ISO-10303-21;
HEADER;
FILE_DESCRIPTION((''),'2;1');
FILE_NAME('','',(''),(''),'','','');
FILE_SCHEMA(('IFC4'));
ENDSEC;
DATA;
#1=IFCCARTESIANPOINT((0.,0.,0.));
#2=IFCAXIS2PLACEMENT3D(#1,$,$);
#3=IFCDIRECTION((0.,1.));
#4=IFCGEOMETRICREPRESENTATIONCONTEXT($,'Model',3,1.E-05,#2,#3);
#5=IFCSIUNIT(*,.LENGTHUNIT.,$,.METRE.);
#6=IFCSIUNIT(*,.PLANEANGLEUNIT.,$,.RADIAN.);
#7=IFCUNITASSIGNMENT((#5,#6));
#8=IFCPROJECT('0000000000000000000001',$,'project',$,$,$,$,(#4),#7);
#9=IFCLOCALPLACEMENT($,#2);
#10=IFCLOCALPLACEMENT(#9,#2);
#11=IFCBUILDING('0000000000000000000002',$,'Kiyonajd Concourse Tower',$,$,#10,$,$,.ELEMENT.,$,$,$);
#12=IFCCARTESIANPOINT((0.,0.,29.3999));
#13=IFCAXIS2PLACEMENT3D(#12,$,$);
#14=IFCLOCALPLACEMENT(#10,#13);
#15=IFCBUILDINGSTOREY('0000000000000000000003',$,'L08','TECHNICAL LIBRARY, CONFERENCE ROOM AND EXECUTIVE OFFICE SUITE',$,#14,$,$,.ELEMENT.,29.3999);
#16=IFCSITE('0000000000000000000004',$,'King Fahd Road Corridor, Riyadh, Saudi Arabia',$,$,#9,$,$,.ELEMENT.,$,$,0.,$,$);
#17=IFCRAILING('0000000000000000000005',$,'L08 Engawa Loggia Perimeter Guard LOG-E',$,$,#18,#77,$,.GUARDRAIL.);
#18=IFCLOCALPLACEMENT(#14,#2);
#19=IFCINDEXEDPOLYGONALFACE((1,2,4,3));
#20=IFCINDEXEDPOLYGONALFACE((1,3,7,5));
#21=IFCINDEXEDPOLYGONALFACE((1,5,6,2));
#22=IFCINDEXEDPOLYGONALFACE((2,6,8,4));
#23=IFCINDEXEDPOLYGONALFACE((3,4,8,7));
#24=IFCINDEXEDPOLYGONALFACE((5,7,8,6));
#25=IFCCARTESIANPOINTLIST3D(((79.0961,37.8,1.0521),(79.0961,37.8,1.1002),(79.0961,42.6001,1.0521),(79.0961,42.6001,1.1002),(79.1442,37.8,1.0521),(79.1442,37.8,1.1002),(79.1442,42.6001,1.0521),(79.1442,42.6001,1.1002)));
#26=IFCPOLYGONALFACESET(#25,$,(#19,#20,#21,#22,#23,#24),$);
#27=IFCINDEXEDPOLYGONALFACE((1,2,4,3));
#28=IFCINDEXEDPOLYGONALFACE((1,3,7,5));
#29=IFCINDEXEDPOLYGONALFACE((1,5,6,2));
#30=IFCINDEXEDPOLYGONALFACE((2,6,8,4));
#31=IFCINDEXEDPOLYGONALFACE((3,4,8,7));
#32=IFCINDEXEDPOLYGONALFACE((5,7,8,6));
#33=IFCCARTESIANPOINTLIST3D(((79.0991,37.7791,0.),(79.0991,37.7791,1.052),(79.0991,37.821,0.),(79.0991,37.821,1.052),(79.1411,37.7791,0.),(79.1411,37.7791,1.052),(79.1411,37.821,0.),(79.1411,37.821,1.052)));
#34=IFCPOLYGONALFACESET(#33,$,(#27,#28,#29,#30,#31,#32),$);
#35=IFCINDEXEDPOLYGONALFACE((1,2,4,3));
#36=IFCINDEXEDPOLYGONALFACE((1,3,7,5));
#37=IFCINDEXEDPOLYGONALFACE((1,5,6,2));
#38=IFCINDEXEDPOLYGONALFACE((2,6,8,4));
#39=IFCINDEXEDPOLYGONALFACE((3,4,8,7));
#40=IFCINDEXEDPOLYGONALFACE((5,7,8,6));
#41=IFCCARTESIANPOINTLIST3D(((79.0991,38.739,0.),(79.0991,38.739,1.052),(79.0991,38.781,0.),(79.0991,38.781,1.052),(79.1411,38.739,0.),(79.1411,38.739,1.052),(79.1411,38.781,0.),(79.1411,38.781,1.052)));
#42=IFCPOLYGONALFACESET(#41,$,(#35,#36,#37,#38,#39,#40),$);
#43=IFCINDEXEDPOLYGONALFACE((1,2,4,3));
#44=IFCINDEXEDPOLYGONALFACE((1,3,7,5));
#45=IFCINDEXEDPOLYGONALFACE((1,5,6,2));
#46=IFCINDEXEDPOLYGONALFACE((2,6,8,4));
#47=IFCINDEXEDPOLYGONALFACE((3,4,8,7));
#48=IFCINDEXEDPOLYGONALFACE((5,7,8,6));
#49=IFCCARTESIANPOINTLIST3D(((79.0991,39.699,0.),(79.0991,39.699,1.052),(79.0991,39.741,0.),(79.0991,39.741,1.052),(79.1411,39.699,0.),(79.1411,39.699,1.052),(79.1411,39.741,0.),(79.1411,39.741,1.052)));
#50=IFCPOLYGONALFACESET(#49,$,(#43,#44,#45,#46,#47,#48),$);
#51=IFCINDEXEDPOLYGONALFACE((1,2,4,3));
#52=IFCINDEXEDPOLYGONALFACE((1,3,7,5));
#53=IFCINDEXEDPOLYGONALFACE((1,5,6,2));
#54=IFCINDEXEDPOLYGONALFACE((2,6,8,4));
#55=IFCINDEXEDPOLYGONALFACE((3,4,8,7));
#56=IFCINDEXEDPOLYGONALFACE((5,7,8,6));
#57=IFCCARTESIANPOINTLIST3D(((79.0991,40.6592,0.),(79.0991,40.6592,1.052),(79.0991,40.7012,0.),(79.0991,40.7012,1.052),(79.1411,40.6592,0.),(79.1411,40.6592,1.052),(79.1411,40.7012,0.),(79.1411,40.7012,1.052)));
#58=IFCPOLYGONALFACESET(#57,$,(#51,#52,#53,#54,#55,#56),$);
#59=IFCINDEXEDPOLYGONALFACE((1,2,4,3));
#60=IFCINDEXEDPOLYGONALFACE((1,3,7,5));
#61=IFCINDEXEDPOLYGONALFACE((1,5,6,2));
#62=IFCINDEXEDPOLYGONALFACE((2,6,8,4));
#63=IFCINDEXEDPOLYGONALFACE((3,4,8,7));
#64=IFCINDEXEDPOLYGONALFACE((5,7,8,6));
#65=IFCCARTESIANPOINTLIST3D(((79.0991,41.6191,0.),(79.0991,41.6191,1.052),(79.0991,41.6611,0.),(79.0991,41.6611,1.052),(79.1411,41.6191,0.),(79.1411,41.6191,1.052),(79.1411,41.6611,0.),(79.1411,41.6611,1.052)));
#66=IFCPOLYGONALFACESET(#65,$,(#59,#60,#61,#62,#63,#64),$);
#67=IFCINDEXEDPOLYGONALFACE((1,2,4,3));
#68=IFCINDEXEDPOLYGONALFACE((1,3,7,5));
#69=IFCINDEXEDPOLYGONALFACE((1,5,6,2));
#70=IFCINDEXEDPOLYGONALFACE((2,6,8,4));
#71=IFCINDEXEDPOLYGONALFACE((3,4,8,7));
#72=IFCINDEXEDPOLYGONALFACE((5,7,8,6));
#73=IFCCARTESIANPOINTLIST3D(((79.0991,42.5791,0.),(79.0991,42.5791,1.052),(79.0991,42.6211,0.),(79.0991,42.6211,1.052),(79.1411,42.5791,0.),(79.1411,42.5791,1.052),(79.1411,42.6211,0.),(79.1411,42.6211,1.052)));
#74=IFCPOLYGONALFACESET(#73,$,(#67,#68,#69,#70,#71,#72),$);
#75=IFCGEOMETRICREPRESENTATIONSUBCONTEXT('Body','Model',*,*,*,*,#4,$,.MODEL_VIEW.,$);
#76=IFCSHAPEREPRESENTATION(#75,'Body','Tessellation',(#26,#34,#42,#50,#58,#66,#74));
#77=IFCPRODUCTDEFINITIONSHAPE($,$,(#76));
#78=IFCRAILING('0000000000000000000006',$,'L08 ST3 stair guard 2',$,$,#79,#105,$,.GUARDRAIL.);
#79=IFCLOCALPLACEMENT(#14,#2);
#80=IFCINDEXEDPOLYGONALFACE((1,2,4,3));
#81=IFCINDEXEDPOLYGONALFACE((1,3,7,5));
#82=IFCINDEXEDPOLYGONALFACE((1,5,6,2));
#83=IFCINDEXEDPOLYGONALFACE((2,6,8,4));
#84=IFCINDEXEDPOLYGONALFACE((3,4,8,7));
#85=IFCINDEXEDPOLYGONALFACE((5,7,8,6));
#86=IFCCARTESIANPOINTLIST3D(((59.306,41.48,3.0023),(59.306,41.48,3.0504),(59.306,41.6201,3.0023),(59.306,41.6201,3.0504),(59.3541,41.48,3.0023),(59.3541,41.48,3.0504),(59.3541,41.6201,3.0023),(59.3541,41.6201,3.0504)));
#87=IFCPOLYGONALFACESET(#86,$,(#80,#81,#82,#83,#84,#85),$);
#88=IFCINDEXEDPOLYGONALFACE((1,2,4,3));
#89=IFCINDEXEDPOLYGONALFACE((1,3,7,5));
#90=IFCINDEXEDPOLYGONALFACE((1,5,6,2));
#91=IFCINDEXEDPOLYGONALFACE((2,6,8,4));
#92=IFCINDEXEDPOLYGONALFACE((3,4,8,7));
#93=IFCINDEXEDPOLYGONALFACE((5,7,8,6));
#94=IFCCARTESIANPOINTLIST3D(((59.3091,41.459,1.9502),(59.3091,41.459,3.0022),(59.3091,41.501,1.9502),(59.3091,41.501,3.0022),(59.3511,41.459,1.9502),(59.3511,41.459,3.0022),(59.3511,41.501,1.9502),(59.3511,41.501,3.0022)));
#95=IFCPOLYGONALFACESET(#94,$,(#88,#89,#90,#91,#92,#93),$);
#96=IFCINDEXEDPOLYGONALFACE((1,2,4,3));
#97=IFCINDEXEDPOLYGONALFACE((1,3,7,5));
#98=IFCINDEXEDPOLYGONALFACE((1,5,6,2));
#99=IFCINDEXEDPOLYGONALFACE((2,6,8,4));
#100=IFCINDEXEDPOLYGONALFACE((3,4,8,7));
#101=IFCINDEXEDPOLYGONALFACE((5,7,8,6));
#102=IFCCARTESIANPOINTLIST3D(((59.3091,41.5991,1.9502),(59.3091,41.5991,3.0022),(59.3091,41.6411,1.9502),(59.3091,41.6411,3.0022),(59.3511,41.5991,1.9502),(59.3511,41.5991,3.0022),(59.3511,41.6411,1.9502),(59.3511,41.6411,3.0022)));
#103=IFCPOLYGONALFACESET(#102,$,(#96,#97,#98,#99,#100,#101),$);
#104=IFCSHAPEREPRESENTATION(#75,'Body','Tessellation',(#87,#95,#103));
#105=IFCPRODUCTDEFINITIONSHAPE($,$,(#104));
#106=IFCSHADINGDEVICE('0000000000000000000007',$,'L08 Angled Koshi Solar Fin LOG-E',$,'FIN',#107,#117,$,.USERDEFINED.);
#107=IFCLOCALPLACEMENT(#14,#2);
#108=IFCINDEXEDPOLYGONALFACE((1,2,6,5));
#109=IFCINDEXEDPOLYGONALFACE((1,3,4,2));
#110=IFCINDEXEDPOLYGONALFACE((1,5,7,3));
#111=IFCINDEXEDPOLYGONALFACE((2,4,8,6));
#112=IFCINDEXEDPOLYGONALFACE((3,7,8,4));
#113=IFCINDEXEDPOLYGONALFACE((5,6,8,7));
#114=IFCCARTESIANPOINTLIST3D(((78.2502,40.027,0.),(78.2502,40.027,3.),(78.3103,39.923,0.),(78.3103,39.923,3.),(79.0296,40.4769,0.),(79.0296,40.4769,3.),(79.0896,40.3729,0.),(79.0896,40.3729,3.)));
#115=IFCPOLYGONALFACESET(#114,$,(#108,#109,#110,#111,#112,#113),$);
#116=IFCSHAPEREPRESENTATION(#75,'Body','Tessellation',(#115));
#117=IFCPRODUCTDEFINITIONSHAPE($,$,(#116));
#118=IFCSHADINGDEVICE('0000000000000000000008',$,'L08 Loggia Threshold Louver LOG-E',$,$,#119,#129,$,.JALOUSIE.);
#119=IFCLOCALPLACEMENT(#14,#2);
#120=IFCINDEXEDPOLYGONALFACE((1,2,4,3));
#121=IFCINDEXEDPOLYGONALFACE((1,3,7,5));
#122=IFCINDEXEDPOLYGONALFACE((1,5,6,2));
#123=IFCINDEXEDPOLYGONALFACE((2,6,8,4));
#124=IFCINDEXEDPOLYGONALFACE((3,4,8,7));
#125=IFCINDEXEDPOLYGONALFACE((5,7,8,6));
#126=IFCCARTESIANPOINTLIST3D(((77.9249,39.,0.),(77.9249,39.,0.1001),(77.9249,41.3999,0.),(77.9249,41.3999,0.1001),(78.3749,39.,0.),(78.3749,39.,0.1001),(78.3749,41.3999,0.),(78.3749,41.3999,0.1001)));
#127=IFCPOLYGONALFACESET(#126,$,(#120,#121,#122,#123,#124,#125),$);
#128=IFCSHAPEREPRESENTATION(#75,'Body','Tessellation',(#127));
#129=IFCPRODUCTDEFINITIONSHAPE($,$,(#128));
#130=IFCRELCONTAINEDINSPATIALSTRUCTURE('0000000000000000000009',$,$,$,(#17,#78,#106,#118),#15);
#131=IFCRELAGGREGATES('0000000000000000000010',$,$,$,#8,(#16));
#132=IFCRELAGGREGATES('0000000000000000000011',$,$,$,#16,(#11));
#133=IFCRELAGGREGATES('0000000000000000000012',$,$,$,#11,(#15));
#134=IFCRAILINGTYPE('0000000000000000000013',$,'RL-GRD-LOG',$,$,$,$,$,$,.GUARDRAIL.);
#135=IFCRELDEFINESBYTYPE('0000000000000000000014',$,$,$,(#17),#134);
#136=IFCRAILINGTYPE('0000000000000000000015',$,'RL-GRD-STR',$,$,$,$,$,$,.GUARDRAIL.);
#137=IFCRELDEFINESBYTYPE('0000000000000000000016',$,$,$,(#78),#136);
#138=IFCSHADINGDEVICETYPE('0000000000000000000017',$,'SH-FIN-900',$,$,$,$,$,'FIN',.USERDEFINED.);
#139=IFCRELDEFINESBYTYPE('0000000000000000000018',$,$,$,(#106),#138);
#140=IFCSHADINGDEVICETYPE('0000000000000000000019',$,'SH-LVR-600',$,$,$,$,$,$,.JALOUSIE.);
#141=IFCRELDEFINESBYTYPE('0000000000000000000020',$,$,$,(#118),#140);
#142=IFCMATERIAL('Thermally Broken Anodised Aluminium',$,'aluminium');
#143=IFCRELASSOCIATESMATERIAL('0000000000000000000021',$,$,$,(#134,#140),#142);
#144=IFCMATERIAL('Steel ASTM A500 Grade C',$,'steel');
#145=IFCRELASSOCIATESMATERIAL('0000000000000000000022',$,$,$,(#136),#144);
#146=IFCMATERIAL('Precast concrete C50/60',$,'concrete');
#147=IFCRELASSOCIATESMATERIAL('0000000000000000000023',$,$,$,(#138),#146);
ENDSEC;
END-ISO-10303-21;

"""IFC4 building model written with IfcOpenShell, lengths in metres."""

from ifc_helpers import new_model, si_unit, direction, frame, origin, origin_2d, place, context, subcontext, project, spatial, rectangle, extrude, material, type_object, element, save


model = new_model("IFC4")

# Units and contexts
model_context = context("Model", 3, precision=1e-05, world=origin(), true_north=direction((0.0, 1.0)))
body_context = subcontext(model_context, "Body", "Model", "MODEL_VIEW")
ifc_project = project(units=[si_unit("LENGTHUNIT", "METRE"), si_unit("PLANEANGLEUNIT", "RADIAN")], contexts=[model_context])

# Site, building, storey
site_placement = place(None, origin())
site = spatial("IfcSite", under=ifc_project, at=site_placement, Name="King Fahd Road Corridor, Riyadh, Saudi Arabia", CompositionType="ELEMENT", RefElevation=0.0)
building_placement = place(site_placement, origin())
building = spatial("IfcBuilding", under=site, at=building_placement, Name="Kiyonajd Concourse Tower", CompositionType="ELEMENT")
storey_placement = place(building_placement, frame((0.0, 0.0, 29.3999)))
storey = spatial("IfcBuildingStorey", under=building, at=storey_placement, Name="L08", Description="TECHNICAL LIBRARY, CONFERENCE ROOM AND EXECUTIVE OFFICE SUITE", CompositionType="ELEMENT", Elevation=29.3999)

# Shared definitions
ifc_material_1 = material(Name="Precast concrete C50/60", Category="concrete")

# Shared definitions
ifc_material_2 = material(Name="Thermally Broken Anodised Aluminium", Category="aluminium")

# Railings
railing_type_1 = type_object("IfcRailingType", Name="RL-GRD-LOG", PredefinedType="GUARDRAIL", material=ifc_material_2)
railing_1_placement = place(storey_placement, frame((79.1201, 37.8, 0.0)))
element("IfcRailing", 1, at=railing_1_placement, inside=storey, type_object=railing_type_1, Name="L08 Engawa Loggia Perimeter Guard LOG-E", PredefinedType="GUARDRAIL", context=body_context, shape_type="SweptSolid", body=[
    extrude(rectangle(XDim=0.0481, YDim=0.0481, at=origin_2d()), frame((0.0, 0.0, 1.0762), z_axis=(0.0, 1.0, 0.0), x_axis=(-1.0, 0.0, 0.0)), (0.0, 0.0, 1.0), 4.8),
    extrude(rectangle(XDim=0.042, YDim=0.042, at=origin_2d()), origin(), (0.0, 0.0, 1.0), 1.052),
    extrude(rectangle(XDim=0.042, YDim=0.042, at=origin_2d()), frame((0.0, 0.96, 0.0)), (0.0, 0.0, 1.0), 1.052),
    extrude(rectangle(XDim=0.042, YDim=0.042, at=origin_2d()), frame((0.0, 1.9199, 0.0)), (0.0, 0.0, 1.0), 1.052),
    extrude(rectangle(XDim=0.042, YDim=0.042, at=origin_2d()), frame((0.0, 2.8801, 0.0)), (0.0, 0.0, 1.0), 1.052),
    extrude(rectangle(XDim=0.042, YDim=0.042, at=origin_2d()), frame((0.0, 3.8401, 0.0)), (0.0, 0.0, 1.0), 1.052),
    extrude(rectangle(XDim=0.042, YDim=0.042, at=origin_2d()), frame((0.0, 4.8, 0.0)), (0.0, 0.0, 1.0), 1.052),
])
ifc_material_3 = material(Name="Steel ASTM A500 Grade C", Category="steel")
railing_type_2 = type_object("IfcRailingType", Name="RL-GRD-STR", PredefinedType="GUARDRAIL", material=ifc_material_3)
railing_2_placement = place(storey_placement, frame((59.3301, 41.48, 1.9502)))
element("IfcRailing", 2, at=railing_2_placement, inside=storey, type_object=railing_type_2, Name="L08 ST3 stair guard 2", PredefinedType="GUARDRAIL", context=body_context, shape_type="SweptSolid", body=[
    extrude(rectangle(XDim=0.0481, YDim=0.0481, at=origin_2d()), frame((0.0, 0.0, 1.0762), z_axis=(0.0, 1.0, 0.0), x_axis=(-1.0, 0.0, 0.0)), (0.0, 0.0, 1.0), 0.1401),
    extrude(rectangle(XDim=0.042, YDim=0.042, at=origin_2d()), origin(), (0.0, 0.0, 1.0), 1.052),
    extrude(rectangle(XDim=0.042, YDim=0.042, at=origin_2d()), frame((0.0, 0.1401, 0.0)), (0.0, 0.0, 1.0), 1.052),
])

# Shading devices
shading_device_type_1 = type_object("IfcShadingDeviceType", Name="SH-FIN-900", ElementType="FIN", PredefinedType="USERDEFINED", material=ifc_material_1)
shading_device_1_placement = place(storey_placement, frame((78.6699, 40.2, 0.0), z_axis=(0.0, 0.0, 1.0), x_axis=(0.866025, 0.5, 0.0)))
element("IfcShadingDevice", 3, at=shading_device_1_placement, inside=storey, type_object=shading_device_type_1, Name="L08 Angled Koshi Solar Fin LOG-E", ObjectType="FIN", PredefinedType="USERDEFINED", context=body_context, shape_type="SweptSolid", body=[
    extrude(rectangle(XDim=0.8999, YDim=0.1201, at=origin_2d()), origin(), (0.0, 0.0, 1.0), 3.0),
])
shading_device_type_2 = type_object("IfcShadingDeviceType", Name="SH-LVR-600", PredefinedType="JALOUSIE", material=ifc_material_2)
shading_device_2_placement = place(storey_placement, frame((78.1499, 40.2, 0.0), z_axis=(0.0, 0.0, 1.0), x_axis=(0.0, 1.0, 0.0)))
element("IfcShadingDevice", 4, at=shading_device_2_placement, inside=storey, type_object=shading_device_type_2, Name="L08 Loggia Threshold Louver LOG-E", PredefinedType="JALOUSIE", context=body_context, shape_type="SweptSolid", body=[
    extrude(rectangle(XDim=2.3999, YDim=0.45, at=origin_2d()), origin(), (0.0, 0.0, 1.0), 0.1001),
])

save(model, "model.ifc")
